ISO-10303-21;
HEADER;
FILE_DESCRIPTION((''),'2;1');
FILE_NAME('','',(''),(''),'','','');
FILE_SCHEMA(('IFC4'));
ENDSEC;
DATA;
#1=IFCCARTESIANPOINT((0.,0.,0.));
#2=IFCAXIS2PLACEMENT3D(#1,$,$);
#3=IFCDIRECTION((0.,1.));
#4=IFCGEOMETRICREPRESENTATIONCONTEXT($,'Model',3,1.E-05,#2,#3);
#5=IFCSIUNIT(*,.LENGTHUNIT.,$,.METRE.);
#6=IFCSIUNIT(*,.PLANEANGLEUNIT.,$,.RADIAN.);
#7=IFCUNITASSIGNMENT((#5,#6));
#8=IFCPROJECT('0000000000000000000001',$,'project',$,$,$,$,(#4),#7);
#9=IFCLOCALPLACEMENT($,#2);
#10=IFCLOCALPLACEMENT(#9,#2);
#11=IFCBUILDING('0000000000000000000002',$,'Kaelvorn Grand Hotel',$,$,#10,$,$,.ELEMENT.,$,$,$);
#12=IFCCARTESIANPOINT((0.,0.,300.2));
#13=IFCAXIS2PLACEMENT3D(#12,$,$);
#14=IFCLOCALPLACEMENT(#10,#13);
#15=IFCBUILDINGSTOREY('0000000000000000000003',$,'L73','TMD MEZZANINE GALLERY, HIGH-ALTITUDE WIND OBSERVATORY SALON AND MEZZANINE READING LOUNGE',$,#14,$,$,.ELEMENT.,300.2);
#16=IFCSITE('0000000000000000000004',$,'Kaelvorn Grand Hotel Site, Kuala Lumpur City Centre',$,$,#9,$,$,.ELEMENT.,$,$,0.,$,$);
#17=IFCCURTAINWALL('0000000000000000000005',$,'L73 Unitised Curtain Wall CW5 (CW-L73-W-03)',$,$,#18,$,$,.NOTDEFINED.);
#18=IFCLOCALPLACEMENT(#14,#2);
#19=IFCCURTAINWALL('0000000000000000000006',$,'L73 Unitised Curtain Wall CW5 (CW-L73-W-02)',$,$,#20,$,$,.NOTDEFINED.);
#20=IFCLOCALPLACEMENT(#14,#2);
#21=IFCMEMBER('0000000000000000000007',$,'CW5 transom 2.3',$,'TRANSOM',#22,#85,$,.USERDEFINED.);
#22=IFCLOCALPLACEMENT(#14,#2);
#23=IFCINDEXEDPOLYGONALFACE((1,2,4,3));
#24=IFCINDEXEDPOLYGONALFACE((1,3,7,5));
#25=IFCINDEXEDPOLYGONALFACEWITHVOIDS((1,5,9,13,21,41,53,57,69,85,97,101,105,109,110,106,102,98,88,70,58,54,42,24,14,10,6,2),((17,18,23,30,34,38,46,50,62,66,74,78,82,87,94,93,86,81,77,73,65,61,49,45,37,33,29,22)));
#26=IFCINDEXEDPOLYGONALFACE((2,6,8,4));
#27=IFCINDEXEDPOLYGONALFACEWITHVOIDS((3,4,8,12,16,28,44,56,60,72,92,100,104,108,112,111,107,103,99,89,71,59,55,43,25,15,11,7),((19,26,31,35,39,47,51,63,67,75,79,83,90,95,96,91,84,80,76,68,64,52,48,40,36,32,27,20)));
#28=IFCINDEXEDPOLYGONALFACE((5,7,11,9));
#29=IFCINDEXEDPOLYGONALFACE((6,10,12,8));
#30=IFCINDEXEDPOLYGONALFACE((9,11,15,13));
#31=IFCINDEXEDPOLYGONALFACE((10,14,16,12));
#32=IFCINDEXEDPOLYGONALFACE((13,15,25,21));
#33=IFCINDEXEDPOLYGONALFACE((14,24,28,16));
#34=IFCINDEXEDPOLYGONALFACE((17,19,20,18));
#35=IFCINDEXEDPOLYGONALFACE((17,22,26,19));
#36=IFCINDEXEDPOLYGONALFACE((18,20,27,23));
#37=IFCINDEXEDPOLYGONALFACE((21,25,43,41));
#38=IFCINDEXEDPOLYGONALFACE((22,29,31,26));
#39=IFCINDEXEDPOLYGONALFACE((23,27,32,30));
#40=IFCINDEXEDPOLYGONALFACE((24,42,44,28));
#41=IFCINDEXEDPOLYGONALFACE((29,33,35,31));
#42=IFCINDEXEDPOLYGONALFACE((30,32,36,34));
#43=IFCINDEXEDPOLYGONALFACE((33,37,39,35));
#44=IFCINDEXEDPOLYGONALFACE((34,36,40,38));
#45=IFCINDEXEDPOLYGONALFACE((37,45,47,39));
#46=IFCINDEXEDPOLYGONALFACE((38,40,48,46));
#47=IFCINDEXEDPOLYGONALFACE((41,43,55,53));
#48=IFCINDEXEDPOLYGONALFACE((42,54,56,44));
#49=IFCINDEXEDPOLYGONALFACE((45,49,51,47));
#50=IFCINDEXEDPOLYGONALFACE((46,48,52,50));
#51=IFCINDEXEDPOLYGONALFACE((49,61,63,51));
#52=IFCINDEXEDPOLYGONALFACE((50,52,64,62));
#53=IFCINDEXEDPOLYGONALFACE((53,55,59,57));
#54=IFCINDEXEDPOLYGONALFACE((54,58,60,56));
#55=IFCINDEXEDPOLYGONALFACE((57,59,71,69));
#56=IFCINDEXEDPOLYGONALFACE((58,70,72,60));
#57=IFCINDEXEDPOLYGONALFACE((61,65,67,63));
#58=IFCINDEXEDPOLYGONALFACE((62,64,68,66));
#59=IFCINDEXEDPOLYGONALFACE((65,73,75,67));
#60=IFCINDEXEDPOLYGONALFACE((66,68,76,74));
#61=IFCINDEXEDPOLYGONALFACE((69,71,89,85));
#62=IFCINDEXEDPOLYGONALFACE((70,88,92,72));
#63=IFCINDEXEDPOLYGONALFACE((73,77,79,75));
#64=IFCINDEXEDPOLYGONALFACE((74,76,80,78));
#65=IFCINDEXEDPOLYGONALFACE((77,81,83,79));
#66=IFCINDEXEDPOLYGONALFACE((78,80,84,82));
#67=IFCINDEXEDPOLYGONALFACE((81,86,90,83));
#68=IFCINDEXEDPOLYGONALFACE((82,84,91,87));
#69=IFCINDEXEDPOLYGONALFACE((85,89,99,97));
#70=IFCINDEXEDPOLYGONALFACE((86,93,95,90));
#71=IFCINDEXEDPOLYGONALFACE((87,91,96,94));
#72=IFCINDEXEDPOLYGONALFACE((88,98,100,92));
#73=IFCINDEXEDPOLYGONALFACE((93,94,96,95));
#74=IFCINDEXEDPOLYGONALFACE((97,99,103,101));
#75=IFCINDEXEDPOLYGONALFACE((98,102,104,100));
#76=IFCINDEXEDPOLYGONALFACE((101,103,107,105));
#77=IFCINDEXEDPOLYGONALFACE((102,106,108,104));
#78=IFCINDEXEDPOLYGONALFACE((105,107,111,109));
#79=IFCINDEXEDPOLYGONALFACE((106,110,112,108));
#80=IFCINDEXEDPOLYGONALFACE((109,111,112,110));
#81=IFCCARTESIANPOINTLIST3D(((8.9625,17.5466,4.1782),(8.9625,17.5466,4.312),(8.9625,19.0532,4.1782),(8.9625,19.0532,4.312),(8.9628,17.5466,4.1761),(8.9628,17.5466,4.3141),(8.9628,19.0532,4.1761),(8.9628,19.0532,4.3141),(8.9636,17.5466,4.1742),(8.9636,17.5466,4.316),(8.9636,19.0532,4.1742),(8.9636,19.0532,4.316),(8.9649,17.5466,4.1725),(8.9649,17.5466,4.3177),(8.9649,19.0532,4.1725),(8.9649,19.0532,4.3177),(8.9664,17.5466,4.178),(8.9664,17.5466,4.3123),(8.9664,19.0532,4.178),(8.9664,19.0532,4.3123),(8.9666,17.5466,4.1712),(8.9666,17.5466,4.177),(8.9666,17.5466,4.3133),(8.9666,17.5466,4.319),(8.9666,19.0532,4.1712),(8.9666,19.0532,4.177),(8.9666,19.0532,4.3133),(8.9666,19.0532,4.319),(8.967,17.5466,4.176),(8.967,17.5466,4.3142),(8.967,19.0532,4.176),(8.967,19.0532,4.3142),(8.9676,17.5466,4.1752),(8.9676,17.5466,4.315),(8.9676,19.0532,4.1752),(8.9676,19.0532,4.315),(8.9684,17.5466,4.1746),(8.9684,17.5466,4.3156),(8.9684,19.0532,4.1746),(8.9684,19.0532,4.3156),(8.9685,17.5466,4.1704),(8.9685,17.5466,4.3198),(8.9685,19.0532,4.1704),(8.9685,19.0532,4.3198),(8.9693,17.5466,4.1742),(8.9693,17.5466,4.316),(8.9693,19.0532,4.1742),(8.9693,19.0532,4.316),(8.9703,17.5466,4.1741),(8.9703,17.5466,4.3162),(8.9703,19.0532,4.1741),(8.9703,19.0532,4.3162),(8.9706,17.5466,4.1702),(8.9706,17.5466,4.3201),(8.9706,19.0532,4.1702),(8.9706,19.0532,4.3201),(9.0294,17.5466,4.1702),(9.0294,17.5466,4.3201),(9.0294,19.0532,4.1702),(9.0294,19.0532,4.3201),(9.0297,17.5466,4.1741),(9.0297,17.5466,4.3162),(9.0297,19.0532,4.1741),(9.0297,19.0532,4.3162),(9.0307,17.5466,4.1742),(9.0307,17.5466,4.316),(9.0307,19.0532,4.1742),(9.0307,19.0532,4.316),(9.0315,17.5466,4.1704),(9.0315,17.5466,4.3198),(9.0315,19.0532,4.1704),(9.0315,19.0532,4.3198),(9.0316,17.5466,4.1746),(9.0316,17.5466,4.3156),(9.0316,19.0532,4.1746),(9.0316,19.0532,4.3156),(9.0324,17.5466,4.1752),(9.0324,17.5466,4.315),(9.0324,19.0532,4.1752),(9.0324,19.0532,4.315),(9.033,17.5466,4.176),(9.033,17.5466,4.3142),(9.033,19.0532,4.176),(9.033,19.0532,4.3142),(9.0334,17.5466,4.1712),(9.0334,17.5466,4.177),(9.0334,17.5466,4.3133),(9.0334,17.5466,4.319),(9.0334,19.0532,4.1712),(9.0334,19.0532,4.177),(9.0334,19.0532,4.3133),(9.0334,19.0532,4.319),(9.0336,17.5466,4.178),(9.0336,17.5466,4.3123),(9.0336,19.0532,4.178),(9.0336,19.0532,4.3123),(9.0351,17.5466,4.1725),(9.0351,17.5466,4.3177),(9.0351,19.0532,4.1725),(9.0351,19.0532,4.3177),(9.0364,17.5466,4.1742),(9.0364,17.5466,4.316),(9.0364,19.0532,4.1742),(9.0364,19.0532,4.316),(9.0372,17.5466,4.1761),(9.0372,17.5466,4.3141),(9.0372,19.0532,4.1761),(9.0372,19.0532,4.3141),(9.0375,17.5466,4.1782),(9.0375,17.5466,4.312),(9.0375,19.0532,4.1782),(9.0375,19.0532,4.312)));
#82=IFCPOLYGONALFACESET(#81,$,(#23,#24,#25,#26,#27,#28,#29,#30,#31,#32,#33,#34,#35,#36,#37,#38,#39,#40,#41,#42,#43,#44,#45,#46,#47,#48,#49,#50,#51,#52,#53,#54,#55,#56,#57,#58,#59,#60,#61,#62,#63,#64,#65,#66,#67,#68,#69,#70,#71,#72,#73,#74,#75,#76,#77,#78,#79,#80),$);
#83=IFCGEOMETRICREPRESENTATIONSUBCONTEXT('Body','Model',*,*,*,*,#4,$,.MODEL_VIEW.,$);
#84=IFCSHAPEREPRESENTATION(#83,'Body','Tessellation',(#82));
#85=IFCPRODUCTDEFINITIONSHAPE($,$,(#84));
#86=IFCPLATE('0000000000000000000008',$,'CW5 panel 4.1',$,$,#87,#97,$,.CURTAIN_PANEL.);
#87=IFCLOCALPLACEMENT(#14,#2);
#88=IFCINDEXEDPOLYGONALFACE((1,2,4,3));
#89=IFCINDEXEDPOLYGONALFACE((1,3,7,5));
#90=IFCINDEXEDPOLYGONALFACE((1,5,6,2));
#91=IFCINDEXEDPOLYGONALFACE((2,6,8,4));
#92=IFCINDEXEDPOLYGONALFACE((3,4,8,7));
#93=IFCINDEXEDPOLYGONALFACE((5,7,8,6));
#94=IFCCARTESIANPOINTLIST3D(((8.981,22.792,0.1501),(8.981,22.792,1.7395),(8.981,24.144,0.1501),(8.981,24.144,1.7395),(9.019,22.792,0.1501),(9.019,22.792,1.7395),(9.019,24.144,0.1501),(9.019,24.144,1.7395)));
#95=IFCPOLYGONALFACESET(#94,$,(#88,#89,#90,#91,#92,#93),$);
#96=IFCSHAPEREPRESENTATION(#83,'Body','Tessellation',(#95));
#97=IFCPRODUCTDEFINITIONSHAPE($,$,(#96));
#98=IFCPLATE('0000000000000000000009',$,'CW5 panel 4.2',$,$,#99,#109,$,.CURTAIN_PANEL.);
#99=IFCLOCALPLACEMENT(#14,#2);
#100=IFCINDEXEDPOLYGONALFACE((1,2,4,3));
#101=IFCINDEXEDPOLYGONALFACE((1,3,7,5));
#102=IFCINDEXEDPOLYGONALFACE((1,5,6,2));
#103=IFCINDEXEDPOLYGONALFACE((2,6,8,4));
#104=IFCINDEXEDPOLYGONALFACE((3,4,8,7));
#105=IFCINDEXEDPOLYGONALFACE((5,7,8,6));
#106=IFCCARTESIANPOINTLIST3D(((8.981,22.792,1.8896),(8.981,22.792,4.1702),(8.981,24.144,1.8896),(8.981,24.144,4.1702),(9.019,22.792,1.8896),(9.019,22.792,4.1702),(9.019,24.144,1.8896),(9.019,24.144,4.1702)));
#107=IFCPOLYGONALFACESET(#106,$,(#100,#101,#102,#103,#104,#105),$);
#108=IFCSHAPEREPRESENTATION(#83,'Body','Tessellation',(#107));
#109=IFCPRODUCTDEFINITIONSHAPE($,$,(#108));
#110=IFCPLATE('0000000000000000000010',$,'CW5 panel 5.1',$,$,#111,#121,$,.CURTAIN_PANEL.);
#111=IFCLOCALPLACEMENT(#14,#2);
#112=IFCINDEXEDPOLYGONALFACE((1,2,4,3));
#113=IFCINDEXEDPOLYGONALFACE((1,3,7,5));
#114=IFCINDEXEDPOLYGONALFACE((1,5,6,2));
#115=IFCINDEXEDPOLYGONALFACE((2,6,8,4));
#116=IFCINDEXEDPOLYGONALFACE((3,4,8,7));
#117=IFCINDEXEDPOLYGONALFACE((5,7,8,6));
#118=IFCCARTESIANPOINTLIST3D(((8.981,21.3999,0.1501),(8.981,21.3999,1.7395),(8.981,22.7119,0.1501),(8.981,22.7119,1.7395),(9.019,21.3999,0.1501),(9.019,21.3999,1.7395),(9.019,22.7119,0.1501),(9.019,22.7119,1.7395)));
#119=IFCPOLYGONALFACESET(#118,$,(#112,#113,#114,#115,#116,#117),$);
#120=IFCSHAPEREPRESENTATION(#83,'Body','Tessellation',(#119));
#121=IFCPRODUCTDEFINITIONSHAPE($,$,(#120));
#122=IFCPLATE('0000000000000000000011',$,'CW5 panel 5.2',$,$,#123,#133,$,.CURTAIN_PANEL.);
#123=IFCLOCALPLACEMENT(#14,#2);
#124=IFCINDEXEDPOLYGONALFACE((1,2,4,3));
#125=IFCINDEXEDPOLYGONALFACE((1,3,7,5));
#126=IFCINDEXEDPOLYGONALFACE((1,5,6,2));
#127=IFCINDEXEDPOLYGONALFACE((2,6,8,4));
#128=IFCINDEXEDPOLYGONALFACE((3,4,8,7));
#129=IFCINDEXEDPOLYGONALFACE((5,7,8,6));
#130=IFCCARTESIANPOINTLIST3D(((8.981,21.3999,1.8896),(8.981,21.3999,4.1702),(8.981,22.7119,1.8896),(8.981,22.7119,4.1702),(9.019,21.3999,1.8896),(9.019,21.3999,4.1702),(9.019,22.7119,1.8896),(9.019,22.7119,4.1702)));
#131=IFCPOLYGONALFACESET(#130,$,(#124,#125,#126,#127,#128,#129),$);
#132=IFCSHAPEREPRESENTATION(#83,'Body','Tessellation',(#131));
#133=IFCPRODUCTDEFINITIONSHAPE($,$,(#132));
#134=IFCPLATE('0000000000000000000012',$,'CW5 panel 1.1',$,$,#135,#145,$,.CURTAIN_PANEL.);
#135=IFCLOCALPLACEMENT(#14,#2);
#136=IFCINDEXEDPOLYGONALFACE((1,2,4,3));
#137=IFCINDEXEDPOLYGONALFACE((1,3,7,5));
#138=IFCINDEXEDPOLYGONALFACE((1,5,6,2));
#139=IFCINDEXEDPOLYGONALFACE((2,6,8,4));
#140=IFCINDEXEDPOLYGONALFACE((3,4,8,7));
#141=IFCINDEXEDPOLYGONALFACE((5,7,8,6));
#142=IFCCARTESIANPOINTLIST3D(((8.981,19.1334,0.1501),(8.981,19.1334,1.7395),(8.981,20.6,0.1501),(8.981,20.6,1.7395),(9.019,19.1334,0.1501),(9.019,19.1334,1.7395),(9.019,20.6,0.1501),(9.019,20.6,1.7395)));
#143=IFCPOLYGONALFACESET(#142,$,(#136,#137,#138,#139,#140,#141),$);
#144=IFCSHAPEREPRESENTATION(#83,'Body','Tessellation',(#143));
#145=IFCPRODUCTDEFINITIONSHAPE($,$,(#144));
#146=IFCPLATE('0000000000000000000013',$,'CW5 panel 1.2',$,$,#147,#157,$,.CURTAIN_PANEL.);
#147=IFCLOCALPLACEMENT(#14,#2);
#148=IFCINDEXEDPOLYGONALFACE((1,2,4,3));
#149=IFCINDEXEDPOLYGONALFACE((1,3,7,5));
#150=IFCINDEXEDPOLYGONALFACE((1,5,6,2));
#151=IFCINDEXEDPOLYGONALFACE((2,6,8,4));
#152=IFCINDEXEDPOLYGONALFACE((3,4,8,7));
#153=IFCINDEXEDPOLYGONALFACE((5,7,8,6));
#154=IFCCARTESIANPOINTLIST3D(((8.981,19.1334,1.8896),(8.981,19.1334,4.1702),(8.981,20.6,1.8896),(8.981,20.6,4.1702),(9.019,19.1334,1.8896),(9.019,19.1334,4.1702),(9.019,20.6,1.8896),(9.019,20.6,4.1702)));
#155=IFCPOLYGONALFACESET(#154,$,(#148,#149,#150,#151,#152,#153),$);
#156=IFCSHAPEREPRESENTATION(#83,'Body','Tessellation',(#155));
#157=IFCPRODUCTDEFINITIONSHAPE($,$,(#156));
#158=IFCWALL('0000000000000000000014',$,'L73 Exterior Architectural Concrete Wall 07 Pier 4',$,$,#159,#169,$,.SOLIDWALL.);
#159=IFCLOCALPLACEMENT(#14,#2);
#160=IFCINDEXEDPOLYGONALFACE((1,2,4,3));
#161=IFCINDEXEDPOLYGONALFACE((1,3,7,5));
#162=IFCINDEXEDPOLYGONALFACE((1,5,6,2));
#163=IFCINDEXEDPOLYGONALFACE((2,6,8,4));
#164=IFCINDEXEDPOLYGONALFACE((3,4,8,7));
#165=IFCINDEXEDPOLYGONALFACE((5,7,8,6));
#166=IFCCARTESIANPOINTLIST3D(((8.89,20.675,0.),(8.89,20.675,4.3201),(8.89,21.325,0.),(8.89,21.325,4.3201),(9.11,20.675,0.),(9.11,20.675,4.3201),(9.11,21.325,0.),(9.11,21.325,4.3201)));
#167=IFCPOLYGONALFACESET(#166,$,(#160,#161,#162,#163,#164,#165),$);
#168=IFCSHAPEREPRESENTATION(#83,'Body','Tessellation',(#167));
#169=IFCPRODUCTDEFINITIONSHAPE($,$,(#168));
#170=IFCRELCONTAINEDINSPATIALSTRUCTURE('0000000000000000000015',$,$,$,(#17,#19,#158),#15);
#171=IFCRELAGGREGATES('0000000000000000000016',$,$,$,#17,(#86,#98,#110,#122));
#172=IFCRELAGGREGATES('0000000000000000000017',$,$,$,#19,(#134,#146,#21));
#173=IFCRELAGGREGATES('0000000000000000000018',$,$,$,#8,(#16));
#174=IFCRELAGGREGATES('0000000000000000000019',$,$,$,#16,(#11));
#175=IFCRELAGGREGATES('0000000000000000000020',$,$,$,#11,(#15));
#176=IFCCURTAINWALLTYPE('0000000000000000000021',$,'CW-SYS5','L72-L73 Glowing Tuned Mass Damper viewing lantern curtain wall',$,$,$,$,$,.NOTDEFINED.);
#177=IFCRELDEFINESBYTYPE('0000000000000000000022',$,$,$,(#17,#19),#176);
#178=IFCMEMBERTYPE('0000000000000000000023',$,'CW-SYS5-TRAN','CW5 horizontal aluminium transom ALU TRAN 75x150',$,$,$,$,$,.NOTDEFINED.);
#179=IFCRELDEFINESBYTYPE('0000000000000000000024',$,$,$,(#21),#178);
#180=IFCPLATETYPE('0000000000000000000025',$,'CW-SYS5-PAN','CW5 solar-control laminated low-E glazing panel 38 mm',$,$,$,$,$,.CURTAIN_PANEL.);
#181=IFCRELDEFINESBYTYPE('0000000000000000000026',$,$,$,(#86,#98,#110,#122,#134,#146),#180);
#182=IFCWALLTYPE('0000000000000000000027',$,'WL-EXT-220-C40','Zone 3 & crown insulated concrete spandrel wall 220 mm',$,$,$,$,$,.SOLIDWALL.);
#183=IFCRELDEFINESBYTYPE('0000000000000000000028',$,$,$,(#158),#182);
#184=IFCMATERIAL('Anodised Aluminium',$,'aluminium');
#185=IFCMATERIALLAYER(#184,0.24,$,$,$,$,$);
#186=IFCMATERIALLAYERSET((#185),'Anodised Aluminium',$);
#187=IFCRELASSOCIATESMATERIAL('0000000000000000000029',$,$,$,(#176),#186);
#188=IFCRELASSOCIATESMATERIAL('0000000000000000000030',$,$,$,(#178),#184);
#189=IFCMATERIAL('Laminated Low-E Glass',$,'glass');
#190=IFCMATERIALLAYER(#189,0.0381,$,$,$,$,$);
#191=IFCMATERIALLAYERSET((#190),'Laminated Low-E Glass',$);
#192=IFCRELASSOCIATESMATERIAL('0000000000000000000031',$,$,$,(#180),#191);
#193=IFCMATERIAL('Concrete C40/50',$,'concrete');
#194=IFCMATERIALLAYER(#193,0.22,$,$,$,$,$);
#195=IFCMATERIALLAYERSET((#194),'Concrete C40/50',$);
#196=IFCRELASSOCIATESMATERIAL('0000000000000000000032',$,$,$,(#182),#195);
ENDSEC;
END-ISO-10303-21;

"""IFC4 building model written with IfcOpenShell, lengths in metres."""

from ifc_helpers import new_model, si_unit, direction, frame, frame_2d, origin, origin_2d, place, context, subcontext, project, spatial, rectangle, hollow_rectangle, extrude, material, layer, layer_set, material_profile, profile_set, type_object, element, aggregate, save


model = new_model("IFC4")

# Units and contexts
model_context = context("Model", 3, precision=1e-05, world=origin(), true_north=direction((0.0, 1.0)))
body_context = subcontext(model_context, "Body", "Model", "MODEL_VIEW")
ifc_project = project(units=[si_unit("LENGTHUNIT", "METRE"), si_unit("PLANEANGLEUNIT", "RADIAN")], contexts=[model_context])

# Site, building, storey
site_placement = place(None, origin())
site = spatial("IfcSite", under=ifc_project, at=site_placement, Name="Kaelvorn Grand Hotel Site, Kuala Lumpur City Centre", CompositionType="ELEMENT", RefElevation=0.0)
building_placement = place(site_placement, origin())
building = spatial("IfcBuilding", under=site, at=building_placement, Name="Kaelvorn Grand Hotel", CompositionType="ELEMENT")
storey_placement = place(building_placement, frame((0.0, 0.0, 300.2)))
storey = spatial("IfcBuildingStorey", under=building, at=storey_placement, Name="L73", Description="TMD MEZZANINE GALLERY, HIGH-ALTITUDE WIND OBSERVATORY SALON AND MEZZANINE READING LOUNGE", CompositionType="ELEMENT", Elevation=300.2)

# Curtain walls
ifc_material_1 = material(Name="Anodised Aluminium", Category="aluminium")
ifc_layer_1 = layer(ifc_material_1, 0.24)
ifc_layer_set_1 = layer_set([ifc_layer_1], Name="Anodised Aluminium")
curtain_wall_type = type_object("IfcCurtainWallType", Name="CW-SYS5", Description="L72-L73 Glowing Tuned Mass Damper viewing lantern curtain wall", PredefinedType="NOTDEFINED", material=ifc_layer_set_1)
curtain_wall_1_placement = place(storey_placement, origin())
curtain_wall_1 = element("IfcCurtainWall", 1, at=curtain_wall_1_placement, inside=storey, type_object=curtain_wall_type, Name="L73 Unitised Curtain Wall CW5 (CW-L73-W-03)", PredefinedType="NOTDEFINED")
curtain_wall_2_placement = place(storey_placement, origin())
curtain_wall_2 = element("IfcCurtainWall", 2, at=curtain_wall_2_placement, inside=storey, type_object=curtain_wall_type, Name="L73 Unitised Curtain Wall CW5 (CW-L73-W-02)", PredefinedType="NOTDEFINED")

# Member
ifc_material_profile_1 = material_profile(ifc_material_1, hollow_rectangle(XDim=0.075, YDim=0.1499, WallThickness=0.0039, InnerFilletRadius=0.0039, OuterFilletRadius=0.0081, at=origin_2d()), Name="ALU TRAN 75x150")
ifc_profile_set_1 = profile_set([ifc_material_profile_1], Name="Anodised Aluminium")
member_type_1 = type_object("IfcMemberType", Name="CW-SYS5-TRAN", Description="CW5 horizontal aluminium transom ALU TRAN 75x150", PredefinedType="NOTDEFINED", material=ifc_profile_set_1)
member_1_placement = place(storey_placement, frame((9.0, 19.0532, 4.2451), z_axis=(0.0, -1.0, 0.0), x_axis=(1.0, 0.0, 0.0)))
member_1 = element("IfcMember", 3, at=member_1_placement, type_object=member_type_1, Name="CW5 transom 2.3", ObjectType="TRANSOM", PredefinedType="USERDEFINED", context=body_context, shape_type="SweptSolid", body=[
    extrude(hollow_rectangle(XDim=0.075, YDim=0.1499, WallThickness=0.0039, InnerFilletRadius=0.0039, OuterFilletRadius=0.0081, at=origin_2d()), origin(), (0.0, 0.0, 1.0), 1.5066),
])

# Plates
ifc_material_2 = material(Name="Laminated Low-E Glass", Category="glass")
ifc_layer_2 = layer(ifc_material_2, 0.0381)
ifc_layer_set_2 = layer_set([ifc_layer_2], Name="Laminated Low-E Glass")
plate_type = type_object("IfcPlateType", Name="CW-SYS5-PAN", Description="CW5 solar-control laminated low-E glazing panel 38 mm", PredefinedType="CURTAIN_PANEL", material=ifc_layer_set_2)
plate_1_placement = place(storey_placement, frame((9.0, 23.468, 0.1501), z_axis=(0.0, 0.0, 1.0), x_axis=(0.0, -1.0, 0.0)))
plate_1 = element("IfcPlate", 4, at=plate_1_placement, type_object=plate_type, Name="CW5 panel 4.1", PredefinedType="CURTAIN_PANEL", context=body_context, shape_type="SweptSolid", body=[
    extrude(rectangle(XDim=1.3521, YDim=0.0381, at=origin_2d()), origin(), (0.0, 0.0, 1.0), 1.5894),
])
plate_2_placement = place(storey_placement, frame((9.0, 23.468, 1.8896), z_axis=(0.0, 0.0, 1.0), x_axis=(0.0, -1.0, 0.0)))
plate_2 = element("IfcPlate", 5, at=plate_2_placement, type_object=plate_type, Name="CW5 panel 4.2", PredefinedType="CURTAIN_PANEL", context=body_context, shape_type="SweptSolid", body=[
    extrude(rectangle(XDim=1.3521, YDim=0.0381, at=origin_2d()), origin(), (0.0, 0.0, 1.0), 2.2805),
])
plate_3_placement = place(storey_placement, frame((9.0, 22.0559, 0.1501), z_axis=(0.0, 0.0, 1.0), x_axis=(0.0, -1.0, 0.0)))
plate_3 = element("IfcPlate", 6, at=plate_3_placement, type_object=plate_type, Name="CW5 panel 5.1", PredefinedType="CURTAIN_PANEL", context=body_context, shape_type="SweptSolid", body=[
    extrude(rectangle(XDim=1.312, YDim=0.0381, at=origin_2d()), origin(), (0.0, 0.0, 1.0), 1.5894),
])
plate_4_placement = place(storey_placement, frame((9.0, 22.0559, 1.8896), z_axis=(0.0, 0.0, 1.0), x_axis=(0.0, -1.0, 0.0)))
plate_4 = element("IfcPlate", 7, at=plate_4_placement, type_object=plate_type, Name="CW5 panel 5.2", PredefinedType="CURTAIN_PANEL", context=body_context, shape_type="SweptSolid", body=[
    extrude(rectangle(XDim=1.312, YDim=0.0381, at=origin_2d()), origin(), (0.0, 0.0, 1.0), 2.2805),
])
aggregate(curtain_wall_1, [plate_1, plate_2, plate_3, plate_4])
plate_5_placement = place(storey_placement, frame((9.0, 19.8667, 0.1501), z_axis=(0.0, 0.0, 1.0), x_axis=(0.0, -1.0, 0.0)))
plate_5 = element("IfcPlate", 8, at=plate_5_placement, type_object=plate_type, Name="CW5 panel 1.1", PredefinedType="CURTAIN_PANEL", context=body_context, shape_type="SweptSolid", body=[
    extrude(rectangle(XDim=1.4666, YDim=0.0381, at=origin_2d()), origin(), (0.0, 0.0, 1.0), 1.5894),
])
plate_6_placement = place(storey_placement, frame((9.0, 19.8667, 1.8896), z_axis=(0.0, 0.0, 1.0), x_axis=(0.0, -1.0, 0.0)))
plate_6 = element("IfcPlate", 9, at=plate_6_placement, type_object=plate_type, Name="CW5 panel 1.2", PredefinedType="CURTAIN_PANEL", context=body_context, shape_type="SweptSolid", body=[
    extrude(rectangle(XDim=1.4666, YDim=0.0381, at=origin_2d()), origin(), (0.0, 0.0, 1.0), 2.2805),
])
aggregate(curtain_wall_2, [plate_5, plate_6, member_1])

# Wall
ifc_material_3 = material(Name="Concrete C40/50", Category="concrete")
ifc_layer_3 = layer(ifc_material_3, 0.22)
ifc_layer_set_3 = layer_set([ifc_layer_3], Name="Concrete C40/50")
wall_type = type_object("IfcWallType", Name="WL-EXT-220-C40", Description="Zone 3 & crown insulated concrete spandrel wall 220 mm", PredefinedType="SOLIDWALL", material=ifc_layer_set_3)
wall_placement = place(storey_placement, frame((9.0, 21.325, 0.0), z_axis=(0.0, 0.0, 1.0), x_axis=(0.0, -1.0, 0.0)))
element("IfcWall", 10, at=wall_placement, inside=storey, type_object=wall_type, Name="L73 Exterior Architectural Concrete Wall 07 Pier 4", PredefinedType="SOLIDWALL", context=body_context, shape_type="SweptSolid", body=[
    extrude(rectangle(XDim=0.6499, YDim=0.22, at=frame_2d((0.325, 0.0))), origin(), (0.0, 0.0, 1.0), 4.3201),
])

save(model, "model.ifc")
